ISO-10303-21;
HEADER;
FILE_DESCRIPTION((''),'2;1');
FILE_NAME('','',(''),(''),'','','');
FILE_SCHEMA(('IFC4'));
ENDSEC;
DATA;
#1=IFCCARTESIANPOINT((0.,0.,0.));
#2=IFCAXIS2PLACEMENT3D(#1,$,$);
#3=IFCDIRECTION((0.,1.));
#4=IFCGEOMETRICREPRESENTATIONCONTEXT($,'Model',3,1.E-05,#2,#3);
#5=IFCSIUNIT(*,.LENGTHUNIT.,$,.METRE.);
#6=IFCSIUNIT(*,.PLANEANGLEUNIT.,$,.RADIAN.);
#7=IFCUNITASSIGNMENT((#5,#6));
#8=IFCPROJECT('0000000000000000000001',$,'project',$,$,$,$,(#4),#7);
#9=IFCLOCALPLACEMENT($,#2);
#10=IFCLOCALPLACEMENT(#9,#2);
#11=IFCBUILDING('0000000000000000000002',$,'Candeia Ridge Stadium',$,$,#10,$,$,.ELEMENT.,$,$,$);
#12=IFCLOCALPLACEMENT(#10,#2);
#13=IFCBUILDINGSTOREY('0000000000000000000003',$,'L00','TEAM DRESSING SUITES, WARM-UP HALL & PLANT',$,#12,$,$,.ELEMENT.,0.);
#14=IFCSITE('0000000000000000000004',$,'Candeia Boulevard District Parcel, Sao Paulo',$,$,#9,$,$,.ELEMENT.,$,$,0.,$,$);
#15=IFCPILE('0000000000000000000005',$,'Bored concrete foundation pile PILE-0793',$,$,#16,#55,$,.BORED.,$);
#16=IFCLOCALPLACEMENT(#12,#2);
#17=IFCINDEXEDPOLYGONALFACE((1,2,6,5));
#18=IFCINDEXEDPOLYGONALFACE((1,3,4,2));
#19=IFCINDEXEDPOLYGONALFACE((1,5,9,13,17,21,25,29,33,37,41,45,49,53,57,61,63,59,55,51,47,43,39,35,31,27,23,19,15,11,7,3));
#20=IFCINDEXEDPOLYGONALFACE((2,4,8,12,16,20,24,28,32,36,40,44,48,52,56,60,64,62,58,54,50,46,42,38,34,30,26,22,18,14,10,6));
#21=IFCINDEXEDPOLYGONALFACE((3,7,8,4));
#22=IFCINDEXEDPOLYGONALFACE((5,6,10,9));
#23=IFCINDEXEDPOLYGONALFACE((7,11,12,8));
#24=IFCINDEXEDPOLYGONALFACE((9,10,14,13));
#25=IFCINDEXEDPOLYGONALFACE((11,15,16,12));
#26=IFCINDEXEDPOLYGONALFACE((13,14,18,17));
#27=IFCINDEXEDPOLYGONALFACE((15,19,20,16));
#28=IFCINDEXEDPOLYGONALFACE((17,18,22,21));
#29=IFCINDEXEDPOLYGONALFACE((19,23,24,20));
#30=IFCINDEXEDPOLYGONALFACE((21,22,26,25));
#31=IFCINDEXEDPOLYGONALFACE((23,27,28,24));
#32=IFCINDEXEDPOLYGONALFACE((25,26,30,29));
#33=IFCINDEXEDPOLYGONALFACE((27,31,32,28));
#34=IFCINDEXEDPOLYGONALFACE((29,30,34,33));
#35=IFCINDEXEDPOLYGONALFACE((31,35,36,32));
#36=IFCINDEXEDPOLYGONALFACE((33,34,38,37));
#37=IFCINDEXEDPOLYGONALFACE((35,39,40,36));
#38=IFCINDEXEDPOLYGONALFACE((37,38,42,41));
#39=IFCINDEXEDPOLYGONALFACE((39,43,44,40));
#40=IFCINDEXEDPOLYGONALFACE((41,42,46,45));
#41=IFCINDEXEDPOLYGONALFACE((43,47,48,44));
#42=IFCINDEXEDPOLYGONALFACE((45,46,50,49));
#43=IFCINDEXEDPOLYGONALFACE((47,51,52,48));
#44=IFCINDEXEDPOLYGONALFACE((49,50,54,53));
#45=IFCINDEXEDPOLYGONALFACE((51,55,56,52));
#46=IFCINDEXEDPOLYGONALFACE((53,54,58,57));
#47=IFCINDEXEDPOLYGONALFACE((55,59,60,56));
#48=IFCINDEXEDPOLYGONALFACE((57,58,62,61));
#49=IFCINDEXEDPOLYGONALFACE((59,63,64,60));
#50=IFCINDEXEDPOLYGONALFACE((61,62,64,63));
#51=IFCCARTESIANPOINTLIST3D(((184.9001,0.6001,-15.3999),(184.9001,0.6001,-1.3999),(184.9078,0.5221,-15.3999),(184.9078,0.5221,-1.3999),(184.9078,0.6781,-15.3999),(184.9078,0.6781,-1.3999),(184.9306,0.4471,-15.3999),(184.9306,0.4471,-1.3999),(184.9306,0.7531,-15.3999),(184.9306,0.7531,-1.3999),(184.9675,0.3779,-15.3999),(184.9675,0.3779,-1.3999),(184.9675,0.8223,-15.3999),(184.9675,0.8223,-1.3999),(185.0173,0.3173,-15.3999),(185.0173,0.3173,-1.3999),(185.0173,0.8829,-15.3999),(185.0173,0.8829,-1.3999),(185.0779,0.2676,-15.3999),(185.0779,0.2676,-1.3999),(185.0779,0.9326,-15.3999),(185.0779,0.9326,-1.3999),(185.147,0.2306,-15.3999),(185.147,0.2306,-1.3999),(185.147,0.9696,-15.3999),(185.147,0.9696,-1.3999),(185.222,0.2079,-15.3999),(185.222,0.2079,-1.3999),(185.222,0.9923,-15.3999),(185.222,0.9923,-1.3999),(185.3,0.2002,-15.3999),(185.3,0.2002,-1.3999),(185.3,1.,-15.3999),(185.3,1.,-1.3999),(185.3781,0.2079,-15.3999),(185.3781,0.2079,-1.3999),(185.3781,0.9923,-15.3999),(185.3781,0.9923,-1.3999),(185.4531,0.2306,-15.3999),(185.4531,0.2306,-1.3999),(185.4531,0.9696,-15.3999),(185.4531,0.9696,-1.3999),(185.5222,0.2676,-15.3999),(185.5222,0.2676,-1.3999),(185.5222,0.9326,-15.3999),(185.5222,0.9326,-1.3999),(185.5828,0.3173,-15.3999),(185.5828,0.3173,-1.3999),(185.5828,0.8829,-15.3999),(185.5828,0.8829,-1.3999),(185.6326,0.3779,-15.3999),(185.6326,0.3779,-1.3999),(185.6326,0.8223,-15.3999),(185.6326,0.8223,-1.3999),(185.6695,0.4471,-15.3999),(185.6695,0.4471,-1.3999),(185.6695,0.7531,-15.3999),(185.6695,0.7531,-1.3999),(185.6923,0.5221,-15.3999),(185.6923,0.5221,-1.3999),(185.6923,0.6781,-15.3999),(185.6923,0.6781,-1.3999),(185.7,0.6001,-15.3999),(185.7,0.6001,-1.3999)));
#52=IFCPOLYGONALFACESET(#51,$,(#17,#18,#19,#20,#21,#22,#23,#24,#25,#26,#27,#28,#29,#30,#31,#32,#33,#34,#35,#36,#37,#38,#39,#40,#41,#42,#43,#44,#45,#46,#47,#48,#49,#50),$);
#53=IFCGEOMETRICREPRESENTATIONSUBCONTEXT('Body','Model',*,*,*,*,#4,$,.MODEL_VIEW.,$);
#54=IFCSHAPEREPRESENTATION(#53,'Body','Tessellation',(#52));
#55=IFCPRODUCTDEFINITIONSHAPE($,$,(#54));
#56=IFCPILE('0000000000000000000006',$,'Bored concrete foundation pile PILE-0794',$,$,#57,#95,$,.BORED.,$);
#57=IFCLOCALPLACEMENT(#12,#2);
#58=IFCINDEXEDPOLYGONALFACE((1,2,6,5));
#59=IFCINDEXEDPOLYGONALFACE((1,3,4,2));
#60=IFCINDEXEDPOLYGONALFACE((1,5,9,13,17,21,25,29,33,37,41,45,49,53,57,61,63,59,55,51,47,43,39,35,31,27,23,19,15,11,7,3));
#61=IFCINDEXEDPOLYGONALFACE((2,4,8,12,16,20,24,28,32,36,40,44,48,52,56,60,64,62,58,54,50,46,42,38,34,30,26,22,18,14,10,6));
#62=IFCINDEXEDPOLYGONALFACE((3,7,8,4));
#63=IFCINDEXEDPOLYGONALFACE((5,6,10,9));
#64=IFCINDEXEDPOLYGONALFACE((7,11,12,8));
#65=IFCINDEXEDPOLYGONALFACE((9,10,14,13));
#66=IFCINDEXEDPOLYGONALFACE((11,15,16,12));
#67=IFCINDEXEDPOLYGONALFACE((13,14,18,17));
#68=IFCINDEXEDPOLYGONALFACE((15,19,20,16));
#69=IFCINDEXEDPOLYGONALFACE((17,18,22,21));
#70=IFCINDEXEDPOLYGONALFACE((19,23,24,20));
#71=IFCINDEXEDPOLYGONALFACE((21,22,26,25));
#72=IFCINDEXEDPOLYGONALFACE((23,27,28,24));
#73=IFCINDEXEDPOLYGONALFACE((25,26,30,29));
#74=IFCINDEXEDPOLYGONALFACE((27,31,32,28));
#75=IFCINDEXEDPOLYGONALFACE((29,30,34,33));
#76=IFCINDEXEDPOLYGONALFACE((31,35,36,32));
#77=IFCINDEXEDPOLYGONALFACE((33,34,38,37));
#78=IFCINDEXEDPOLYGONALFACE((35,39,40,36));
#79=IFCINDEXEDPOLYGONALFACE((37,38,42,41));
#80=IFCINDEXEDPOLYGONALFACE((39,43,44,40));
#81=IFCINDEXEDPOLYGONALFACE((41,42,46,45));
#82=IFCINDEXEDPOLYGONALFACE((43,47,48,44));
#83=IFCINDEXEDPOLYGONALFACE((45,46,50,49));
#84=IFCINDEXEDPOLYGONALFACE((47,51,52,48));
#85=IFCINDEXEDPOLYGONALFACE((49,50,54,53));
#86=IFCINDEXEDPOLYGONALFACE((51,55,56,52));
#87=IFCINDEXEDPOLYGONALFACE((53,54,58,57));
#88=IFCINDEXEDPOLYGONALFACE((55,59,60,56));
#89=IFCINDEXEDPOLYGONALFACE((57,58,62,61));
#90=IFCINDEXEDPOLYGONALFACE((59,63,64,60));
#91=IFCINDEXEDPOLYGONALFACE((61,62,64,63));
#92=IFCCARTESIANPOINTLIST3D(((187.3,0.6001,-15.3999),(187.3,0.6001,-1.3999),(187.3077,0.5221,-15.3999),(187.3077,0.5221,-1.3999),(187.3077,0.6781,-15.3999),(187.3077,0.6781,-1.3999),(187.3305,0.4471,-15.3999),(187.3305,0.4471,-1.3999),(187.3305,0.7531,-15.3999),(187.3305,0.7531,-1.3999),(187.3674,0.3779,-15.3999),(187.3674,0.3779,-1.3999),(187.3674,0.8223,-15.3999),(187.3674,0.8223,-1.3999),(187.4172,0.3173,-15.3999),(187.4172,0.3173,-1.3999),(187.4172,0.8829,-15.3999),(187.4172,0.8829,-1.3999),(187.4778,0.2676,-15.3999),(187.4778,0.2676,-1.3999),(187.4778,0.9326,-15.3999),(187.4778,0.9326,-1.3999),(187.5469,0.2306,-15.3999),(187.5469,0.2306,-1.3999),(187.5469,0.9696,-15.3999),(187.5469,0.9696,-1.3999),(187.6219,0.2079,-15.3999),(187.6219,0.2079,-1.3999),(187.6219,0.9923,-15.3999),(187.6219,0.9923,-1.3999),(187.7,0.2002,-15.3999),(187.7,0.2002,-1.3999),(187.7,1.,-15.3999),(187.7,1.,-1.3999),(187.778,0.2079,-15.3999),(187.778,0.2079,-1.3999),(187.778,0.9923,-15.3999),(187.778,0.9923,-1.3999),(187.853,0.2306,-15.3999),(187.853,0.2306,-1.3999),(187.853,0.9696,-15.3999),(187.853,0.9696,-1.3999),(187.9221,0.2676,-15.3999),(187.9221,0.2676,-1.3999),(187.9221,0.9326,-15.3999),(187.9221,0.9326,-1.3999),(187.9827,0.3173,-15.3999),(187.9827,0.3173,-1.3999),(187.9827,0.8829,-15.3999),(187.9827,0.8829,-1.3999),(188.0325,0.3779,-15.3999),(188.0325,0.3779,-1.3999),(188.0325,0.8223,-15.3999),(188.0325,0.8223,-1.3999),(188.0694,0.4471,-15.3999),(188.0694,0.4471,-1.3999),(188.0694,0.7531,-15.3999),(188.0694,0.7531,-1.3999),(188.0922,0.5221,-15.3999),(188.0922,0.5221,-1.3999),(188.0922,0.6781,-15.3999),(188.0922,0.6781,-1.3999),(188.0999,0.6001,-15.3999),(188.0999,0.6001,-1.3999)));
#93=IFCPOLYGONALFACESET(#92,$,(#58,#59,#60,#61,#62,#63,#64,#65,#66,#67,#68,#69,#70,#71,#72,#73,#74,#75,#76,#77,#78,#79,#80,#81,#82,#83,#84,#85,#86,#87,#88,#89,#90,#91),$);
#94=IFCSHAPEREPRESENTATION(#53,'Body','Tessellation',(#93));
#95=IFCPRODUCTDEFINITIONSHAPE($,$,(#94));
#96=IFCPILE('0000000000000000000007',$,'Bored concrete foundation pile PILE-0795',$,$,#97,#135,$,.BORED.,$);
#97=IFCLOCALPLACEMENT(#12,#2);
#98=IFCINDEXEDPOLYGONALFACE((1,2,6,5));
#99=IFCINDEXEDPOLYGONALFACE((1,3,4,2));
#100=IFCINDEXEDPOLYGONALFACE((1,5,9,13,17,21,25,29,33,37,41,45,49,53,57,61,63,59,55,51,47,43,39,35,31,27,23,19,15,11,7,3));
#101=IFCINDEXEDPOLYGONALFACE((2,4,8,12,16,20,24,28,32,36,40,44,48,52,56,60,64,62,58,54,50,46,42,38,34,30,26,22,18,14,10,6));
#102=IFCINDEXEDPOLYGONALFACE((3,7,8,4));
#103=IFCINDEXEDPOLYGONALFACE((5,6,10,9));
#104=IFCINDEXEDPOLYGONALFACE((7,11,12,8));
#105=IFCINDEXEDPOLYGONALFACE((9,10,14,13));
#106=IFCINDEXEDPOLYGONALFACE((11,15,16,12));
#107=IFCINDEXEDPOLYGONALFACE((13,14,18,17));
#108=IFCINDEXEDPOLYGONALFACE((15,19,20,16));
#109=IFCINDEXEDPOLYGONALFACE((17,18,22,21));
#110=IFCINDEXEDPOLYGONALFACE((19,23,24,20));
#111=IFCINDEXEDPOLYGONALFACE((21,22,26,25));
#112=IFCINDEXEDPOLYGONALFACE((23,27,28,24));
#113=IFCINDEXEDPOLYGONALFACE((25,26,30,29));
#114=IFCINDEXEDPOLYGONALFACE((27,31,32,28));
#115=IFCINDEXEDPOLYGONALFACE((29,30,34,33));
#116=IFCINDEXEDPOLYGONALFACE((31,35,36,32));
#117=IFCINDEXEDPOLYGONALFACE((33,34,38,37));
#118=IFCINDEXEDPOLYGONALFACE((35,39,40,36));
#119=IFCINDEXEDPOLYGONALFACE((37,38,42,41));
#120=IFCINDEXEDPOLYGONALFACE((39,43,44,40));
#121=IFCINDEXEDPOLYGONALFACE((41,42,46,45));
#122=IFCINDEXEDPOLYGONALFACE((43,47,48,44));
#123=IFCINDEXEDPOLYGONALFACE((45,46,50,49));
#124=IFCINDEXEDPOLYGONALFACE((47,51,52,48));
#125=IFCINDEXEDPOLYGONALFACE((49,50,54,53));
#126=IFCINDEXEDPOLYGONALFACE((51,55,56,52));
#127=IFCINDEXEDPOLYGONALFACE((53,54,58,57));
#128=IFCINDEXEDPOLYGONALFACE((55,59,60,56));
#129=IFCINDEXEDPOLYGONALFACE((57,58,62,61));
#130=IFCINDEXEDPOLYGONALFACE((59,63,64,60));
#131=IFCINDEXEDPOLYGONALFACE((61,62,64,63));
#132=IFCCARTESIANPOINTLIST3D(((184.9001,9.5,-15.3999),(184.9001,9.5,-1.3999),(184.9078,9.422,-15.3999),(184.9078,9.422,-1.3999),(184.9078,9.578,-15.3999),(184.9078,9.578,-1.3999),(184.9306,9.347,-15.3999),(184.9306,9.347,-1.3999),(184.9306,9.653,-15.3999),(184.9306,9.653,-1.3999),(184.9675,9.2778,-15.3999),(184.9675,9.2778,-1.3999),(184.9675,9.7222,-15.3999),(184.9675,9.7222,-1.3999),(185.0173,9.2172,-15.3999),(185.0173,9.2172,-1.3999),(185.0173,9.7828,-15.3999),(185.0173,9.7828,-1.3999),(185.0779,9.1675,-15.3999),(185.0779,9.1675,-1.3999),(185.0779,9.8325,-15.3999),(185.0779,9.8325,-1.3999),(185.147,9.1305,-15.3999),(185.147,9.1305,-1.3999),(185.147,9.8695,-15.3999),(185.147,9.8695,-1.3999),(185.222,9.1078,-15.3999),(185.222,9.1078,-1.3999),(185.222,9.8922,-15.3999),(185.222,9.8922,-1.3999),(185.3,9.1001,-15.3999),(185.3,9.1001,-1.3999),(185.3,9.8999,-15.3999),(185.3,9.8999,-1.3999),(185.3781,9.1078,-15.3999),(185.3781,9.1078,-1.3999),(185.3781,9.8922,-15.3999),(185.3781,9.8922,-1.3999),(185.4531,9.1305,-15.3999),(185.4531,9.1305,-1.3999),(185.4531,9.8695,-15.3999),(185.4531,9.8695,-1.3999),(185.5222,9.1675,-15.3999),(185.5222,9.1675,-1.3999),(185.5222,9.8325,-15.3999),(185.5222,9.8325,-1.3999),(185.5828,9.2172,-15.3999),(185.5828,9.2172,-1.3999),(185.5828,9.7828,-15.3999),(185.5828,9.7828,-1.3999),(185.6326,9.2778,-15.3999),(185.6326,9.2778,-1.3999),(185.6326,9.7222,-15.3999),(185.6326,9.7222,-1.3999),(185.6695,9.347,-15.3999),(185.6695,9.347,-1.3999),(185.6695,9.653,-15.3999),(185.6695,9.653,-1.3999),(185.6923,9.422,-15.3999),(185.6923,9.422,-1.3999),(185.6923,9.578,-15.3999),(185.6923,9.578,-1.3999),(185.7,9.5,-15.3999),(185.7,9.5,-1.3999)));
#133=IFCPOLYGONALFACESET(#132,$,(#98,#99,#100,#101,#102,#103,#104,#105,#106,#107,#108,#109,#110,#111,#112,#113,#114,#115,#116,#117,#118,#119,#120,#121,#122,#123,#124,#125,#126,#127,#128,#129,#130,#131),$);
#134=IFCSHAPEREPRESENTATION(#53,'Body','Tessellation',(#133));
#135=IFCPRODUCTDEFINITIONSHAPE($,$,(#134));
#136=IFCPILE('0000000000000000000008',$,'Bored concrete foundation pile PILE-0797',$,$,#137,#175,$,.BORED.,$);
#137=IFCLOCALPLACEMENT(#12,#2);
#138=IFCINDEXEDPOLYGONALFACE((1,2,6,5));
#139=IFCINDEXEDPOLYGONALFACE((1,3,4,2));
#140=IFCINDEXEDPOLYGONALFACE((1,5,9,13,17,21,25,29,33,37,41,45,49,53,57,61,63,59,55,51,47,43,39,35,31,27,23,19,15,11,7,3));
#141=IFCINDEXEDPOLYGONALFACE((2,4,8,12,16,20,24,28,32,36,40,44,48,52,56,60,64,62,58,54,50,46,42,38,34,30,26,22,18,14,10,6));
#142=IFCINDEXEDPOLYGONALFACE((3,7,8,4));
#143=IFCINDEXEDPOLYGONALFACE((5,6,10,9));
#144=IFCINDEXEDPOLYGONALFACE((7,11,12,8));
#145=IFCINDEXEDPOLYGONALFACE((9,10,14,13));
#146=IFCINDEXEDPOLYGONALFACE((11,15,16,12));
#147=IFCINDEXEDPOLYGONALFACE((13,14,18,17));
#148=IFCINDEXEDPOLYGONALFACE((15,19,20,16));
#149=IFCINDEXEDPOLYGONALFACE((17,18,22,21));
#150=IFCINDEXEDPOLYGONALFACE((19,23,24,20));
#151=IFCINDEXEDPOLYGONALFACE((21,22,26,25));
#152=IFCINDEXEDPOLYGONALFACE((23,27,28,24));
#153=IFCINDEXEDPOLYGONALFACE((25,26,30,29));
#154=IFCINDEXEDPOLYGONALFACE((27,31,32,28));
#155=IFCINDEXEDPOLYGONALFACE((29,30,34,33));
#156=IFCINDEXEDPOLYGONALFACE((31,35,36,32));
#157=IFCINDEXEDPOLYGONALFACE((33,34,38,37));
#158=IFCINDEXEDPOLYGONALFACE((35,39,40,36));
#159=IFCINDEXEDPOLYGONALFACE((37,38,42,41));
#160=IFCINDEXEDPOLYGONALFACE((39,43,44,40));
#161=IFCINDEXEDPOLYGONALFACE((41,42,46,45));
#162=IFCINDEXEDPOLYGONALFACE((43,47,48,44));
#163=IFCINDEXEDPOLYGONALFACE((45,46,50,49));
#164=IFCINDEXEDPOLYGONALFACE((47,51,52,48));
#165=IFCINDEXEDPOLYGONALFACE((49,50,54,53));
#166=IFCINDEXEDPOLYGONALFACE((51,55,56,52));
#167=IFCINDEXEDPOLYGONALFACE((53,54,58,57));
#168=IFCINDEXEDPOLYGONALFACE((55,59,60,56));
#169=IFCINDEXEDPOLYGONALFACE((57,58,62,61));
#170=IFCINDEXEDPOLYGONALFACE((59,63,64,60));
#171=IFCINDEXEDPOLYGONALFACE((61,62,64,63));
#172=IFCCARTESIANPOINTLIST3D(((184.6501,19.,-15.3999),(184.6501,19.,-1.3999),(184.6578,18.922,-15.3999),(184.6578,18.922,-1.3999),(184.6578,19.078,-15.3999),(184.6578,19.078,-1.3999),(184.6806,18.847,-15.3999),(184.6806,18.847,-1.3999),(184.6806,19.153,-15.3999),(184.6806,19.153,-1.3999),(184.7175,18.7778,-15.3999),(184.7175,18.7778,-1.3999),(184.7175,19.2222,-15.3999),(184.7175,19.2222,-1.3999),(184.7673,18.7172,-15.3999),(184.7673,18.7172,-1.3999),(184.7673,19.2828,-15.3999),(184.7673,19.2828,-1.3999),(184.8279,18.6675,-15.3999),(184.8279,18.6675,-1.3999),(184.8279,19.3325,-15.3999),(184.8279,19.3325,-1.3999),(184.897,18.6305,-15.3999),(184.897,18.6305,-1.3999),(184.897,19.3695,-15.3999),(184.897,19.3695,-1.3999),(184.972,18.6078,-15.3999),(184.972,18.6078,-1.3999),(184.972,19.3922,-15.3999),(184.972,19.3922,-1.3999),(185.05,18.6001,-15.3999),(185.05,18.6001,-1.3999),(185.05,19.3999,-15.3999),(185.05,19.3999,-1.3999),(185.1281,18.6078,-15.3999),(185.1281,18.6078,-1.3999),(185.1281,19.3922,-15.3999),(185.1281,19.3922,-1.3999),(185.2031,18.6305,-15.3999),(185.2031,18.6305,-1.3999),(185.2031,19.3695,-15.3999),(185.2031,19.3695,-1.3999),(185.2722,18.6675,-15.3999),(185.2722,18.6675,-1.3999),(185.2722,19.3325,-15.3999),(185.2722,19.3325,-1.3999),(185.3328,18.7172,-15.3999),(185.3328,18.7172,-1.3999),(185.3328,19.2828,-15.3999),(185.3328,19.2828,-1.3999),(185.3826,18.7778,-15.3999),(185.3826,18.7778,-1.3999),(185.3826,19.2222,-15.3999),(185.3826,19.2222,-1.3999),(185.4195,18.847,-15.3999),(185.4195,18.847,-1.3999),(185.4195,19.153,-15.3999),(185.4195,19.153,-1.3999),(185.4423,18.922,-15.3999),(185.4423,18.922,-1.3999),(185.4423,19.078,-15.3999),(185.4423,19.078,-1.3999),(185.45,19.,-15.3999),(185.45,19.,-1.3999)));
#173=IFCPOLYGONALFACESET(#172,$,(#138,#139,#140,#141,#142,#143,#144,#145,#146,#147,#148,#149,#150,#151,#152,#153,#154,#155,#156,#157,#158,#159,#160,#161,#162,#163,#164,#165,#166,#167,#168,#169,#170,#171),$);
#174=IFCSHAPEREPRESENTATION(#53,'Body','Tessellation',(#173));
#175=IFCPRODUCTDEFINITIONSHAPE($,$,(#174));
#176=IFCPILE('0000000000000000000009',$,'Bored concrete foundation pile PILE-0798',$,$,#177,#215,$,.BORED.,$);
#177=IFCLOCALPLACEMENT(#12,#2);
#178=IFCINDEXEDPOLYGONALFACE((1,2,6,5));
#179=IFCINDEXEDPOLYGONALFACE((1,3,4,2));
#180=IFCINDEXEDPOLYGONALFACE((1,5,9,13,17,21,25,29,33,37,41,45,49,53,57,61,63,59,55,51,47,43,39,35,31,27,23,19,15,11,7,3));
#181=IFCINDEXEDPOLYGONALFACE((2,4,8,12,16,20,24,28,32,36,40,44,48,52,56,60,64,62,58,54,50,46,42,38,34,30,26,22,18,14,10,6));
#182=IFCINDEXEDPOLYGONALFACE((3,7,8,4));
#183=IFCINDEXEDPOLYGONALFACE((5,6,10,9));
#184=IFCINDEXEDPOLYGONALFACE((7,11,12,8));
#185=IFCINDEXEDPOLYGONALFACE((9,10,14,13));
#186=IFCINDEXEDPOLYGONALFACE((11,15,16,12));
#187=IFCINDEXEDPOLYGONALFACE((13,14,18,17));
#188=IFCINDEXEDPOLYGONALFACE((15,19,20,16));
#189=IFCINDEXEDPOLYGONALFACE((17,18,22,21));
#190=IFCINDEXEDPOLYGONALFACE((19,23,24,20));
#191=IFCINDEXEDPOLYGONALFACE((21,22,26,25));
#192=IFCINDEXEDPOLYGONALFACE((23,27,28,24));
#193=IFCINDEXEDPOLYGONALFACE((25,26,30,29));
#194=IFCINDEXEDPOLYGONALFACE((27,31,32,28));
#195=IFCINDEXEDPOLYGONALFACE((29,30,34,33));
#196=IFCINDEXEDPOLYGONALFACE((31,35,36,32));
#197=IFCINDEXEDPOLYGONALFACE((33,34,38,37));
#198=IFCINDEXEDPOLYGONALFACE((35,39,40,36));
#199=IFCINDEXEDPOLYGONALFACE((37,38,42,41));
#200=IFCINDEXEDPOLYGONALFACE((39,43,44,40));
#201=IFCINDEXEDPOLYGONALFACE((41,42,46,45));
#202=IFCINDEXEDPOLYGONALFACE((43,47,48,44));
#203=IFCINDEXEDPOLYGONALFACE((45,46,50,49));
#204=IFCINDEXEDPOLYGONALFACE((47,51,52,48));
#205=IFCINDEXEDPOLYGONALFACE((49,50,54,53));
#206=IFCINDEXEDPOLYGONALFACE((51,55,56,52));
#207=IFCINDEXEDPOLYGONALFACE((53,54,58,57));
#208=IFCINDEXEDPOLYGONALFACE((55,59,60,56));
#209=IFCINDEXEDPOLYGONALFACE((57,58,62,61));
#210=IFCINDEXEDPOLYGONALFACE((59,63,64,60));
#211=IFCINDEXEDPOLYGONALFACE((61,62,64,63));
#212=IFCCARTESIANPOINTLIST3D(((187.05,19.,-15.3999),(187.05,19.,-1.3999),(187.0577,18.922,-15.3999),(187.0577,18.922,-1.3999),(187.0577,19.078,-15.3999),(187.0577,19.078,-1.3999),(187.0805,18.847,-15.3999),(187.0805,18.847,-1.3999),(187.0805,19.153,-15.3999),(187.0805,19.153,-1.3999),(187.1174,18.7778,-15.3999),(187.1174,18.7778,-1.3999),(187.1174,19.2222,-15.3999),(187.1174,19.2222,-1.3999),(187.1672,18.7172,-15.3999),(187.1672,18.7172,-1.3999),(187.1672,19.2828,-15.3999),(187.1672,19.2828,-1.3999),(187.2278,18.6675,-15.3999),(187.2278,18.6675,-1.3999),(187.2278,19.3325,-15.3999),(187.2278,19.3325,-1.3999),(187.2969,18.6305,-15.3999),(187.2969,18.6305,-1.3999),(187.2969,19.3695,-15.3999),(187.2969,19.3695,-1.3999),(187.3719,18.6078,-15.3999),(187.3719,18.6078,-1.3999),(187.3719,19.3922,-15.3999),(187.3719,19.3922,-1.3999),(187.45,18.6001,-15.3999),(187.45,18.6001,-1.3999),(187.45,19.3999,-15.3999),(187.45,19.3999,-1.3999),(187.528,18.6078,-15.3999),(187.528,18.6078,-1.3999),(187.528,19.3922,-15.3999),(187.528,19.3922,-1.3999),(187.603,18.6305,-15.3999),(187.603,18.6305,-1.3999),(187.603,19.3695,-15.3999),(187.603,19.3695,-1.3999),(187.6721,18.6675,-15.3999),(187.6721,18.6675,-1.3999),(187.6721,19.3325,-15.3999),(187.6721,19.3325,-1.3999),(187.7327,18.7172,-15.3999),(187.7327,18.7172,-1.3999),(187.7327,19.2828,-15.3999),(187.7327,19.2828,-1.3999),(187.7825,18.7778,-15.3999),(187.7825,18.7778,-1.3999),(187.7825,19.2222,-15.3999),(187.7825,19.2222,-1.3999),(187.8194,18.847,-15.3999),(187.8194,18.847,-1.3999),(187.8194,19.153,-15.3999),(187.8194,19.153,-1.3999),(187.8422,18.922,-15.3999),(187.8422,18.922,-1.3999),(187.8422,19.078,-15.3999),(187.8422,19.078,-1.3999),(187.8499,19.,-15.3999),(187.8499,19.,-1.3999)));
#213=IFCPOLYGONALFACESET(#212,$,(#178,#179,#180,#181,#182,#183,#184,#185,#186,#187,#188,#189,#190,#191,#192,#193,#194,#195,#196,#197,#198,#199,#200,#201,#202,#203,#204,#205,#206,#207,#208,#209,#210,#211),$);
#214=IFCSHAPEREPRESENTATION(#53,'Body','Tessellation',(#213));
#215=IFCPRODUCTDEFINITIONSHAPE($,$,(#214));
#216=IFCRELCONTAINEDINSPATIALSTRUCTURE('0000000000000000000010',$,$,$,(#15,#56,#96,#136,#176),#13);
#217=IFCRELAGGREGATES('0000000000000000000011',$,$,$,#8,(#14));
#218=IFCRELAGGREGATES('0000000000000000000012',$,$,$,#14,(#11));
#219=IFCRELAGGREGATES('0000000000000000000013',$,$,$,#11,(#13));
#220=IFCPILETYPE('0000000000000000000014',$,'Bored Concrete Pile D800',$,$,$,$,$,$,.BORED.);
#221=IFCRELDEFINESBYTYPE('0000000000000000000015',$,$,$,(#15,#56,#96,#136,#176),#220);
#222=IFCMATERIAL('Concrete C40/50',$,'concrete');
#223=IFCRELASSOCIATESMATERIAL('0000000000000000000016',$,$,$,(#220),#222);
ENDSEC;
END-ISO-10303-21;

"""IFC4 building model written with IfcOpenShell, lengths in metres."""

from ifc_helpers import new_model, si_unit, direction, frame, origin, origin_2d, place, context, subcontext, project, spatial, circle, extrude, material, material_profile, profile_set, type_object, element, save


model = new_model("IFC4")

# Units and contexts
model_context = context("Model", 3, precision=1e-05, world=origin(), true_north=direction((0.0, 1.0)))
body_context = subcontext(model_context, "Body", "Model", "MODEL_VIEW")
ifc_project = project(units=[si_unit("LENGTHUNIT", "METRE"), si_unit("PLANEANGLEUNIT", "RADIAN")], contexts=[model_context])

# Site, building, storey
site_placement = place(None, origin())
site = spatial("IfcSite", under=ifc_project, at=site_placement, Name="Candeia Boulevard District Parcel, Sao Paulo", CompositionType="ELEMENT", RefElevation=0.0)
building_placement = place(site_placement, origin())
building = spatial("IfcBuilding", under=site, at=building_placement, Name="Candeia Ridge Stadium", CompositionType="ELEMENT")
storey_placement = place(building_placement, origin())
storey = spatial("IfcBuildingStorey", under=building, at=storey_placement, Name="L00", Description="TEAM DRESSING SUITES, WARM-UP HALL & PLANT", CompositionType="ELEMENT", Elevation=0.0)

# Piles
ifc_material_1 = material(Name="Concrete C40/50", Category="concrete")
ifc_material_profile_1 = material_profile(ifc_material_1, circle(Radius=0.3999, at=origin_2d()), Name="PILE-D800", Category="concrete")
ifc_profile_set_1 = profile_set([ifc_material_profile_1], Name="Concrete C40/50")
pile_type = type_object("IfcPileType", Name="Bored Concrete Pile D800", PredefinedType="BORED", material=ifc_profile_set_1)
for number, where, z_axis, x_axis, name in (
    (1, (185.3, 0.6001, -1.3999), (0.0, 0.0, -1.0), (1.0, 0.0, 0.0), "Bored concrete foundation pile PILE-0793"),
    (2, (187.7, 0.6001, -1.3999), (0.0, 0.0, -1.0), (1.0, 0.0, 0.0), "Bored concrete foundation pile PILE-0794"),
    (3, (185.3, 9.5, -1.3999), (0.0, 0.0, -1.0), (1.0, 0.0, 0.0), "Bored concrete foundation pile PILE-0795"),
    (4, (185.05, 19.0, -1.3999), (0.0, 0.0, -1.0), (1.0, 0.0, 0.0), "Bored concrete foundation pile PILE-0797"),
    (5, (187.45, 19.0, -1.3999), (0.0, 0.0, -1.0), (1.0, 0.0, 0.0), "Bored concrete foundation pile PILE-0798"),
):
    element("IfcPile", number, at=place(storey_placement, frame(where, z_axis=z_axis, x_axis=x_axis)), inside=storey, type_object=pile_type, Name=name, PredefinedType="BORED", context=body_context, shape_type="SweptSolid", body=[
        extrude(circle(Radius=0.3999, at=origin_2d()), origin(), (0.0, 0.0, 1.0), 14.0),
    ])

save(model, "model.ifc")
